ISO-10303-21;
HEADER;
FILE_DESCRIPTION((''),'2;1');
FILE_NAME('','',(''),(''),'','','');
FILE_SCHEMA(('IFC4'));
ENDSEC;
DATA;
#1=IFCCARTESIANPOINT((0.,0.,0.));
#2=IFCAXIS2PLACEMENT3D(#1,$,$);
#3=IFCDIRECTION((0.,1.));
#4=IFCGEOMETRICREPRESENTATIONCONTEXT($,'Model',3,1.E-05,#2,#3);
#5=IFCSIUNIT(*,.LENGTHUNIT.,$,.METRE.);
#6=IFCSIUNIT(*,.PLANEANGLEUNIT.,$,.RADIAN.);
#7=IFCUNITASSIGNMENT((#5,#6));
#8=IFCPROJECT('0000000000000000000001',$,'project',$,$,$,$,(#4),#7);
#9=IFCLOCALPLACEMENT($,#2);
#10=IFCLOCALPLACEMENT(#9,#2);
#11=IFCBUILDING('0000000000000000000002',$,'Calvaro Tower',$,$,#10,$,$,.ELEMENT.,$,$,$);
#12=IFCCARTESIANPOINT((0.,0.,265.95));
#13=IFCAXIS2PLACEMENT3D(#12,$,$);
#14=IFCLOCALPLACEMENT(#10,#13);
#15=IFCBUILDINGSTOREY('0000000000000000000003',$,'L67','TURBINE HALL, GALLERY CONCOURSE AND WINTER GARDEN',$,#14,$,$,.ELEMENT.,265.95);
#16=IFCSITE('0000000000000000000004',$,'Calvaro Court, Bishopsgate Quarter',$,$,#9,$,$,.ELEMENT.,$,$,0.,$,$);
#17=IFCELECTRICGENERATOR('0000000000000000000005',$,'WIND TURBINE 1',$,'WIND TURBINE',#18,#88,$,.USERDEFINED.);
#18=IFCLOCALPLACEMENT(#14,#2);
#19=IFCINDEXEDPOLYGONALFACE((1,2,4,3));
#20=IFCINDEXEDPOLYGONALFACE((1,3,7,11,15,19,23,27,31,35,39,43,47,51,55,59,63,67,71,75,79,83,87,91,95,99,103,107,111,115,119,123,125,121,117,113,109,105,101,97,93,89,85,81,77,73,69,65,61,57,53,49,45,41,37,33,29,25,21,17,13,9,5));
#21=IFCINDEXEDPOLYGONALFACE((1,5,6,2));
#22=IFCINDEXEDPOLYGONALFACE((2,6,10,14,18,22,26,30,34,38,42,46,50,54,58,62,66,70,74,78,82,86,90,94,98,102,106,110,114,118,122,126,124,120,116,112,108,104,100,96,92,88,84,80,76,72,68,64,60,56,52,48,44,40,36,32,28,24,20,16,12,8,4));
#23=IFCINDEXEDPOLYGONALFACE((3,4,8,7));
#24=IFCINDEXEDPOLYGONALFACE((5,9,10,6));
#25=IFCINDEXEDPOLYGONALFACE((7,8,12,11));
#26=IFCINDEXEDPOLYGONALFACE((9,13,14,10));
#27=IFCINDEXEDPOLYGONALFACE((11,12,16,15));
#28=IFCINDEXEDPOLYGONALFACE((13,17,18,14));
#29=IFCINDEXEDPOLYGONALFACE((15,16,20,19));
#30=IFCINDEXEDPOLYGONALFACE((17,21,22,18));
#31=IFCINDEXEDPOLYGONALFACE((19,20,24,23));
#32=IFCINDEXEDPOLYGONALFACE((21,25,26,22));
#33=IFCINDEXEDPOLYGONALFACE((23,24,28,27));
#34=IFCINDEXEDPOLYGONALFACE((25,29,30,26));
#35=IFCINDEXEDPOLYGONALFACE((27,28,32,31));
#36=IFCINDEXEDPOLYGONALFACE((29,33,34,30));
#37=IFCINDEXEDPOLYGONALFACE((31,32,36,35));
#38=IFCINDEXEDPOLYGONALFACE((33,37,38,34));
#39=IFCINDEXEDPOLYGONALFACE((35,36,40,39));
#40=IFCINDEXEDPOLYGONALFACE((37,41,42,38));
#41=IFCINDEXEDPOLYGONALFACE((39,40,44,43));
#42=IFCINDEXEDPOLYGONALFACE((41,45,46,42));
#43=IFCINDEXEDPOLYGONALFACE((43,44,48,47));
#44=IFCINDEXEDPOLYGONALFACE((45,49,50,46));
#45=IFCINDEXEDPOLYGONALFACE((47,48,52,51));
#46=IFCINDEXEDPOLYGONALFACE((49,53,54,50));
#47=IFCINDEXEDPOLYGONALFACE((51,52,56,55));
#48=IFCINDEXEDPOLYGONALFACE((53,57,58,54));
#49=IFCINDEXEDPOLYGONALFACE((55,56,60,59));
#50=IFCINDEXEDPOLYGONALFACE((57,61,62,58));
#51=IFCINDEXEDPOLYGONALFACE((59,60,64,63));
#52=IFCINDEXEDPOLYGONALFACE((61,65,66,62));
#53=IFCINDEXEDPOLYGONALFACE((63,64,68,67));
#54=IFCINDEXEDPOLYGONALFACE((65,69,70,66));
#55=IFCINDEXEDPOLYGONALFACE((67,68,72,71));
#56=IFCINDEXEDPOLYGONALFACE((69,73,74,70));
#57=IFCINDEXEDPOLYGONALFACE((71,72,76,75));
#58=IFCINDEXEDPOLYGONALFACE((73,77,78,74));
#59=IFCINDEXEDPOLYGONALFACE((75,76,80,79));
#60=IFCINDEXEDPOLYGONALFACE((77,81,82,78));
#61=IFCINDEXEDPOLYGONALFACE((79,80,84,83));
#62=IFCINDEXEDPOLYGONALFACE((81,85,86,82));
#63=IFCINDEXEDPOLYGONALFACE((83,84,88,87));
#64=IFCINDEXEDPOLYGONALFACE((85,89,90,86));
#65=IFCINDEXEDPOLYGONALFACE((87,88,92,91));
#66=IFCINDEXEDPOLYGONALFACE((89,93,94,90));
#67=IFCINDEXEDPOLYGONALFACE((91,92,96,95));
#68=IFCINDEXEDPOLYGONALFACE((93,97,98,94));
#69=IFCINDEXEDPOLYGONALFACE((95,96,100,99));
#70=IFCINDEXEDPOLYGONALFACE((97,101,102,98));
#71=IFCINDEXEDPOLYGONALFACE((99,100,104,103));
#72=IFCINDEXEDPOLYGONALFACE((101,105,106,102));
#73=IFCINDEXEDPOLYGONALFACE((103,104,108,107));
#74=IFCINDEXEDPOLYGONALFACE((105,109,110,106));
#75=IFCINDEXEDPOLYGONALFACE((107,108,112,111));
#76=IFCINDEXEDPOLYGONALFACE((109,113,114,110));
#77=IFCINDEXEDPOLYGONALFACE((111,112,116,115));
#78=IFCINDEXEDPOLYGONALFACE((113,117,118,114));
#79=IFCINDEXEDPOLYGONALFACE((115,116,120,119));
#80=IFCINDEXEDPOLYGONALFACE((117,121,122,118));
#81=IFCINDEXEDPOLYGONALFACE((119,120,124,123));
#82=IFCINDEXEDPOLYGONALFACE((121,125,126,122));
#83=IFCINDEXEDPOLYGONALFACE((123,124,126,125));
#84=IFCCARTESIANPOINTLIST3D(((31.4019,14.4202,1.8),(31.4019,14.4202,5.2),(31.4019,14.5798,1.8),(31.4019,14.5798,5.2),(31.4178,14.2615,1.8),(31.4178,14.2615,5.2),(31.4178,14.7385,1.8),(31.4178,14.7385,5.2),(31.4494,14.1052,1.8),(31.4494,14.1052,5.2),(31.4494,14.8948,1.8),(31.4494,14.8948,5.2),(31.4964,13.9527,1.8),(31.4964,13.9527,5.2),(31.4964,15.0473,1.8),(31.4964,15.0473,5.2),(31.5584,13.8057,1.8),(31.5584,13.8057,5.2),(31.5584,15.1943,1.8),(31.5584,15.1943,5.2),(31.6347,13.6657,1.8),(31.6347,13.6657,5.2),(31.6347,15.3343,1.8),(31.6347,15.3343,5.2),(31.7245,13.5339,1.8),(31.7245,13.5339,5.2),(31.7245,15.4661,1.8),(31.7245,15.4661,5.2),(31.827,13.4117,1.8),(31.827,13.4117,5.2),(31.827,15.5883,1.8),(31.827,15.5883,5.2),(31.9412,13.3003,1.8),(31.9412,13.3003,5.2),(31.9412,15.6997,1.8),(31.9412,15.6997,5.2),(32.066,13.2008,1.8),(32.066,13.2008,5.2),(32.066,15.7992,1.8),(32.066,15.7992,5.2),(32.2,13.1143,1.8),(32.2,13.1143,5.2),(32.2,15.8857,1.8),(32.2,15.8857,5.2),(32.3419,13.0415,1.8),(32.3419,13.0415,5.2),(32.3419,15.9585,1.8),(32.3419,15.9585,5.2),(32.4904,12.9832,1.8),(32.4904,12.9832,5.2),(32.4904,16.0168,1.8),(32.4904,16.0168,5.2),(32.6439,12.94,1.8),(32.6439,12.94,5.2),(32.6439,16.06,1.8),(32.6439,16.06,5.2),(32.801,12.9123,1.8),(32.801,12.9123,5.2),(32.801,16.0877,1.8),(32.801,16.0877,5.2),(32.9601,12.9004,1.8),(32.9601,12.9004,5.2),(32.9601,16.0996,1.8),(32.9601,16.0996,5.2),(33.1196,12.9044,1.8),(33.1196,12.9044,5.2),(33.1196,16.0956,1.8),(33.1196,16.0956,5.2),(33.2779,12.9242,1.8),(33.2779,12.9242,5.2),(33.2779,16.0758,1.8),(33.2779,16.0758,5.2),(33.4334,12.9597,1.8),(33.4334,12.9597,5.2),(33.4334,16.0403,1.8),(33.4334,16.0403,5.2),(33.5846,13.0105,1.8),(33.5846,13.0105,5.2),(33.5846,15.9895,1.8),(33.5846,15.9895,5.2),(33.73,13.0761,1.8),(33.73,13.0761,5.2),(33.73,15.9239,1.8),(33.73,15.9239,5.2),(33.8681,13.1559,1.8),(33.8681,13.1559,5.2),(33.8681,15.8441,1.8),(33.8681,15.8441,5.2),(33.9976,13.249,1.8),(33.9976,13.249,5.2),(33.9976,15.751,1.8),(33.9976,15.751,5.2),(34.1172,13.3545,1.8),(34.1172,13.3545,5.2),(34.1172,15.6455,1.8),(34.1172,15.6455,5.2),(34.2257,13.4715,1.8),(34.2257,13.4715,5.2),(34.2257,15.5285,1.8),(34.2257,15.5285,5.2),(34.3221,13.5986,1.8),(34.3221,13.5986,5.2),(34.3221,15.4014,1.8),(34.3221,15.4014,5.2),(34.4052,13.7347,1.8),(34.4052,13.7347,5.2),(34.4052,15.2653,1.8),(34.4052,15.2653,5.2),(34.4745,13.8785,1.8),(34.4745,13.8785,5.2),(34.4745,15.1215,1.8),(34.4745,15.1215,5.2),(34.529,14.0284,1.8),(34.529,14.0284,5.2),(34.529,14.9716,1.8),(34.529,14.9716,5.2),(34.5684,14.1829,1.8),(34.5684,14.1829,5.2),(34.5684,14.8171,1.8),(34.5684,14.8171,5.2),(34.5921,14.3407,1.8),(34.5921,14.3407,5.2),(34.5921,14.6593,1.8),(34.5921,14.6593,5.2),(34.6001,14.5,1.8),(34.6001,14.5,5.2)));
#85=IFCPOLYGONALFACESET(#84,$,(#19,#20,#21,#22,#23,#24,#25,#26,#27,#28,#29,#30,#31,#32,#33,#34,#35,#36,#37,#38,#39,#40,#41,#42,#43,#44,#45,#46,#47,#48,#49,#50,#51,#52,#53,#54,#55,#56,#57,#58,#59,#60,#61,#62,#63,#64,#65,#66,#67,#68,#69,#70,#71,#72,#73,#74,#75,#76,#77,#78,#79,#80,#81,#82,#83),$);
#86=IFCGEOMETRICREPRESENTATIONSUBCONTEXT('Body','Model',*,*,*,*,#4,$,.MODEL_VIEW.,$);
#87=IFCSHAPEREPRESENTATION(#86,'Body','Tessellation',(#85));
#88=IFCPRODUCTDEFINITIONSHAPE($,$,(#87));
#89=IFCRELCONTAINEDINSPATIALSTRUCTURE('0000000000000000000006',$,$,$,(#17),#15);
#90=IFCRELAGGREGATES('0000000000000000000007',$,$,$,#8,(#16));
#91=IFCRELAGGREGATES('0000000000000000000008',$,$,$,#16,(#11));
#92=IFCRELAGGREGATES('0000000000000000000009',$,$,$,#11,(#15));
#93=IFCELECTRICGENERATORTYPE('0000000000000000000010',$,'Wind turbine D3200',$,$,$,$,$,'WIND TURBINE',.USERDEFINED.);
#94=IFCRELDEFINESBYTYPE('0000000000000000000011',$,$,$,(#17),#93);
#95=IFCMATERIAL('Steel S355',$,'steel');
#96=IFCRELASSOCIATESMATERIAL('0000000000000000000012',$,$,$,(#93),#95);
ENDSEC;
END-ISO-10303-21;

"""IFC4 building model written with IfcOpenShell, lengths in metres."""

from ifc_helpers import new_model, si_unit, direction, frame, origin, origin_2d, place, context, subcontext, project, spatial, circle, extrude, material, material_profile, profile_set, type_object, element, save


model = new_model("IFC4")

# Units and contexts
model_context = context("Model", 3, precision=1e-05, world=origin(), true_north=direction((0.0, 1.0)))
body_context = subcontext(model_context, "Body", "Model", "MODEL_VIEW")
ifc_project = project(units=[si_unit("LENGTHUNIT", "METRE"), si_unit("PLANEANGLEUNIT", "RADIAN")], contexts=[model_context])

# Site, building, storey
site_placement = place(None, origin())
site = spatial("IfcSite", under=ifc_project, at=site_placement, Name="Calvaro Court, Bishopsgate Quarter", CompositionType="ELEMENT", RefElevation=0.0)
building_placement = place(site_placement, origin())
building = spatial("IfcBuilding", under=site, at=building_placement, Name="Calvaro Tower", CompositionType="ELEMENT")
storey_placement = place(building_placement, frame((0.0, 0.0, 265.95)))
storey = spatial("IfcBuildingStorey", under=building, at=storey_placement, Name="L67", Description="TURBINE HALL, GALLERY CONCOURSE AND WINTER GARDEN", CompositionType="ELEMENT", Elevation=265.95)

# Electric generator
ifc_material_1 = material(Name="Steel S355", Category="steel")
ifc_material_profile_1 = material_profile(ifc_material_1, circle(Radius=1.6001, at=origin_2d()), Name="Wind turbine D3200")
ifc_profile_set_1 = profile_set([ifc_material_profile_1], Name="Steel S355")
electric_generator_type = type_object("IfcElectricGeneratorType", Name="Wind turbine D3200", ElementType="WIND TURBINE", PredefinedType="USERDEFINED", material=ifc_profile_set_1)
electric_generator_placement = place(storey_placement, frame((33.0, 14.5, 1.8), z_axis=(0.0, 0.0, 1.0), x_axis=(1.0, 0.0, 0.0)))
element("IfcElectricGenerator", 1, at=electric_generator_placement, inside=storey, type_object=electric_generator_type, Name="WIND TURBINE 1", ObjectType="WIND TURBINE", PredefinedType="USERDEFINED", context=body_context, shape_type="SweptSolid", body=[
    extrude(circle(Radius=1.6001, at=origin_2d()), origin(), (0.0, 0.0, 1.0), 3.3999),
])

save(model, "model.ifc")
